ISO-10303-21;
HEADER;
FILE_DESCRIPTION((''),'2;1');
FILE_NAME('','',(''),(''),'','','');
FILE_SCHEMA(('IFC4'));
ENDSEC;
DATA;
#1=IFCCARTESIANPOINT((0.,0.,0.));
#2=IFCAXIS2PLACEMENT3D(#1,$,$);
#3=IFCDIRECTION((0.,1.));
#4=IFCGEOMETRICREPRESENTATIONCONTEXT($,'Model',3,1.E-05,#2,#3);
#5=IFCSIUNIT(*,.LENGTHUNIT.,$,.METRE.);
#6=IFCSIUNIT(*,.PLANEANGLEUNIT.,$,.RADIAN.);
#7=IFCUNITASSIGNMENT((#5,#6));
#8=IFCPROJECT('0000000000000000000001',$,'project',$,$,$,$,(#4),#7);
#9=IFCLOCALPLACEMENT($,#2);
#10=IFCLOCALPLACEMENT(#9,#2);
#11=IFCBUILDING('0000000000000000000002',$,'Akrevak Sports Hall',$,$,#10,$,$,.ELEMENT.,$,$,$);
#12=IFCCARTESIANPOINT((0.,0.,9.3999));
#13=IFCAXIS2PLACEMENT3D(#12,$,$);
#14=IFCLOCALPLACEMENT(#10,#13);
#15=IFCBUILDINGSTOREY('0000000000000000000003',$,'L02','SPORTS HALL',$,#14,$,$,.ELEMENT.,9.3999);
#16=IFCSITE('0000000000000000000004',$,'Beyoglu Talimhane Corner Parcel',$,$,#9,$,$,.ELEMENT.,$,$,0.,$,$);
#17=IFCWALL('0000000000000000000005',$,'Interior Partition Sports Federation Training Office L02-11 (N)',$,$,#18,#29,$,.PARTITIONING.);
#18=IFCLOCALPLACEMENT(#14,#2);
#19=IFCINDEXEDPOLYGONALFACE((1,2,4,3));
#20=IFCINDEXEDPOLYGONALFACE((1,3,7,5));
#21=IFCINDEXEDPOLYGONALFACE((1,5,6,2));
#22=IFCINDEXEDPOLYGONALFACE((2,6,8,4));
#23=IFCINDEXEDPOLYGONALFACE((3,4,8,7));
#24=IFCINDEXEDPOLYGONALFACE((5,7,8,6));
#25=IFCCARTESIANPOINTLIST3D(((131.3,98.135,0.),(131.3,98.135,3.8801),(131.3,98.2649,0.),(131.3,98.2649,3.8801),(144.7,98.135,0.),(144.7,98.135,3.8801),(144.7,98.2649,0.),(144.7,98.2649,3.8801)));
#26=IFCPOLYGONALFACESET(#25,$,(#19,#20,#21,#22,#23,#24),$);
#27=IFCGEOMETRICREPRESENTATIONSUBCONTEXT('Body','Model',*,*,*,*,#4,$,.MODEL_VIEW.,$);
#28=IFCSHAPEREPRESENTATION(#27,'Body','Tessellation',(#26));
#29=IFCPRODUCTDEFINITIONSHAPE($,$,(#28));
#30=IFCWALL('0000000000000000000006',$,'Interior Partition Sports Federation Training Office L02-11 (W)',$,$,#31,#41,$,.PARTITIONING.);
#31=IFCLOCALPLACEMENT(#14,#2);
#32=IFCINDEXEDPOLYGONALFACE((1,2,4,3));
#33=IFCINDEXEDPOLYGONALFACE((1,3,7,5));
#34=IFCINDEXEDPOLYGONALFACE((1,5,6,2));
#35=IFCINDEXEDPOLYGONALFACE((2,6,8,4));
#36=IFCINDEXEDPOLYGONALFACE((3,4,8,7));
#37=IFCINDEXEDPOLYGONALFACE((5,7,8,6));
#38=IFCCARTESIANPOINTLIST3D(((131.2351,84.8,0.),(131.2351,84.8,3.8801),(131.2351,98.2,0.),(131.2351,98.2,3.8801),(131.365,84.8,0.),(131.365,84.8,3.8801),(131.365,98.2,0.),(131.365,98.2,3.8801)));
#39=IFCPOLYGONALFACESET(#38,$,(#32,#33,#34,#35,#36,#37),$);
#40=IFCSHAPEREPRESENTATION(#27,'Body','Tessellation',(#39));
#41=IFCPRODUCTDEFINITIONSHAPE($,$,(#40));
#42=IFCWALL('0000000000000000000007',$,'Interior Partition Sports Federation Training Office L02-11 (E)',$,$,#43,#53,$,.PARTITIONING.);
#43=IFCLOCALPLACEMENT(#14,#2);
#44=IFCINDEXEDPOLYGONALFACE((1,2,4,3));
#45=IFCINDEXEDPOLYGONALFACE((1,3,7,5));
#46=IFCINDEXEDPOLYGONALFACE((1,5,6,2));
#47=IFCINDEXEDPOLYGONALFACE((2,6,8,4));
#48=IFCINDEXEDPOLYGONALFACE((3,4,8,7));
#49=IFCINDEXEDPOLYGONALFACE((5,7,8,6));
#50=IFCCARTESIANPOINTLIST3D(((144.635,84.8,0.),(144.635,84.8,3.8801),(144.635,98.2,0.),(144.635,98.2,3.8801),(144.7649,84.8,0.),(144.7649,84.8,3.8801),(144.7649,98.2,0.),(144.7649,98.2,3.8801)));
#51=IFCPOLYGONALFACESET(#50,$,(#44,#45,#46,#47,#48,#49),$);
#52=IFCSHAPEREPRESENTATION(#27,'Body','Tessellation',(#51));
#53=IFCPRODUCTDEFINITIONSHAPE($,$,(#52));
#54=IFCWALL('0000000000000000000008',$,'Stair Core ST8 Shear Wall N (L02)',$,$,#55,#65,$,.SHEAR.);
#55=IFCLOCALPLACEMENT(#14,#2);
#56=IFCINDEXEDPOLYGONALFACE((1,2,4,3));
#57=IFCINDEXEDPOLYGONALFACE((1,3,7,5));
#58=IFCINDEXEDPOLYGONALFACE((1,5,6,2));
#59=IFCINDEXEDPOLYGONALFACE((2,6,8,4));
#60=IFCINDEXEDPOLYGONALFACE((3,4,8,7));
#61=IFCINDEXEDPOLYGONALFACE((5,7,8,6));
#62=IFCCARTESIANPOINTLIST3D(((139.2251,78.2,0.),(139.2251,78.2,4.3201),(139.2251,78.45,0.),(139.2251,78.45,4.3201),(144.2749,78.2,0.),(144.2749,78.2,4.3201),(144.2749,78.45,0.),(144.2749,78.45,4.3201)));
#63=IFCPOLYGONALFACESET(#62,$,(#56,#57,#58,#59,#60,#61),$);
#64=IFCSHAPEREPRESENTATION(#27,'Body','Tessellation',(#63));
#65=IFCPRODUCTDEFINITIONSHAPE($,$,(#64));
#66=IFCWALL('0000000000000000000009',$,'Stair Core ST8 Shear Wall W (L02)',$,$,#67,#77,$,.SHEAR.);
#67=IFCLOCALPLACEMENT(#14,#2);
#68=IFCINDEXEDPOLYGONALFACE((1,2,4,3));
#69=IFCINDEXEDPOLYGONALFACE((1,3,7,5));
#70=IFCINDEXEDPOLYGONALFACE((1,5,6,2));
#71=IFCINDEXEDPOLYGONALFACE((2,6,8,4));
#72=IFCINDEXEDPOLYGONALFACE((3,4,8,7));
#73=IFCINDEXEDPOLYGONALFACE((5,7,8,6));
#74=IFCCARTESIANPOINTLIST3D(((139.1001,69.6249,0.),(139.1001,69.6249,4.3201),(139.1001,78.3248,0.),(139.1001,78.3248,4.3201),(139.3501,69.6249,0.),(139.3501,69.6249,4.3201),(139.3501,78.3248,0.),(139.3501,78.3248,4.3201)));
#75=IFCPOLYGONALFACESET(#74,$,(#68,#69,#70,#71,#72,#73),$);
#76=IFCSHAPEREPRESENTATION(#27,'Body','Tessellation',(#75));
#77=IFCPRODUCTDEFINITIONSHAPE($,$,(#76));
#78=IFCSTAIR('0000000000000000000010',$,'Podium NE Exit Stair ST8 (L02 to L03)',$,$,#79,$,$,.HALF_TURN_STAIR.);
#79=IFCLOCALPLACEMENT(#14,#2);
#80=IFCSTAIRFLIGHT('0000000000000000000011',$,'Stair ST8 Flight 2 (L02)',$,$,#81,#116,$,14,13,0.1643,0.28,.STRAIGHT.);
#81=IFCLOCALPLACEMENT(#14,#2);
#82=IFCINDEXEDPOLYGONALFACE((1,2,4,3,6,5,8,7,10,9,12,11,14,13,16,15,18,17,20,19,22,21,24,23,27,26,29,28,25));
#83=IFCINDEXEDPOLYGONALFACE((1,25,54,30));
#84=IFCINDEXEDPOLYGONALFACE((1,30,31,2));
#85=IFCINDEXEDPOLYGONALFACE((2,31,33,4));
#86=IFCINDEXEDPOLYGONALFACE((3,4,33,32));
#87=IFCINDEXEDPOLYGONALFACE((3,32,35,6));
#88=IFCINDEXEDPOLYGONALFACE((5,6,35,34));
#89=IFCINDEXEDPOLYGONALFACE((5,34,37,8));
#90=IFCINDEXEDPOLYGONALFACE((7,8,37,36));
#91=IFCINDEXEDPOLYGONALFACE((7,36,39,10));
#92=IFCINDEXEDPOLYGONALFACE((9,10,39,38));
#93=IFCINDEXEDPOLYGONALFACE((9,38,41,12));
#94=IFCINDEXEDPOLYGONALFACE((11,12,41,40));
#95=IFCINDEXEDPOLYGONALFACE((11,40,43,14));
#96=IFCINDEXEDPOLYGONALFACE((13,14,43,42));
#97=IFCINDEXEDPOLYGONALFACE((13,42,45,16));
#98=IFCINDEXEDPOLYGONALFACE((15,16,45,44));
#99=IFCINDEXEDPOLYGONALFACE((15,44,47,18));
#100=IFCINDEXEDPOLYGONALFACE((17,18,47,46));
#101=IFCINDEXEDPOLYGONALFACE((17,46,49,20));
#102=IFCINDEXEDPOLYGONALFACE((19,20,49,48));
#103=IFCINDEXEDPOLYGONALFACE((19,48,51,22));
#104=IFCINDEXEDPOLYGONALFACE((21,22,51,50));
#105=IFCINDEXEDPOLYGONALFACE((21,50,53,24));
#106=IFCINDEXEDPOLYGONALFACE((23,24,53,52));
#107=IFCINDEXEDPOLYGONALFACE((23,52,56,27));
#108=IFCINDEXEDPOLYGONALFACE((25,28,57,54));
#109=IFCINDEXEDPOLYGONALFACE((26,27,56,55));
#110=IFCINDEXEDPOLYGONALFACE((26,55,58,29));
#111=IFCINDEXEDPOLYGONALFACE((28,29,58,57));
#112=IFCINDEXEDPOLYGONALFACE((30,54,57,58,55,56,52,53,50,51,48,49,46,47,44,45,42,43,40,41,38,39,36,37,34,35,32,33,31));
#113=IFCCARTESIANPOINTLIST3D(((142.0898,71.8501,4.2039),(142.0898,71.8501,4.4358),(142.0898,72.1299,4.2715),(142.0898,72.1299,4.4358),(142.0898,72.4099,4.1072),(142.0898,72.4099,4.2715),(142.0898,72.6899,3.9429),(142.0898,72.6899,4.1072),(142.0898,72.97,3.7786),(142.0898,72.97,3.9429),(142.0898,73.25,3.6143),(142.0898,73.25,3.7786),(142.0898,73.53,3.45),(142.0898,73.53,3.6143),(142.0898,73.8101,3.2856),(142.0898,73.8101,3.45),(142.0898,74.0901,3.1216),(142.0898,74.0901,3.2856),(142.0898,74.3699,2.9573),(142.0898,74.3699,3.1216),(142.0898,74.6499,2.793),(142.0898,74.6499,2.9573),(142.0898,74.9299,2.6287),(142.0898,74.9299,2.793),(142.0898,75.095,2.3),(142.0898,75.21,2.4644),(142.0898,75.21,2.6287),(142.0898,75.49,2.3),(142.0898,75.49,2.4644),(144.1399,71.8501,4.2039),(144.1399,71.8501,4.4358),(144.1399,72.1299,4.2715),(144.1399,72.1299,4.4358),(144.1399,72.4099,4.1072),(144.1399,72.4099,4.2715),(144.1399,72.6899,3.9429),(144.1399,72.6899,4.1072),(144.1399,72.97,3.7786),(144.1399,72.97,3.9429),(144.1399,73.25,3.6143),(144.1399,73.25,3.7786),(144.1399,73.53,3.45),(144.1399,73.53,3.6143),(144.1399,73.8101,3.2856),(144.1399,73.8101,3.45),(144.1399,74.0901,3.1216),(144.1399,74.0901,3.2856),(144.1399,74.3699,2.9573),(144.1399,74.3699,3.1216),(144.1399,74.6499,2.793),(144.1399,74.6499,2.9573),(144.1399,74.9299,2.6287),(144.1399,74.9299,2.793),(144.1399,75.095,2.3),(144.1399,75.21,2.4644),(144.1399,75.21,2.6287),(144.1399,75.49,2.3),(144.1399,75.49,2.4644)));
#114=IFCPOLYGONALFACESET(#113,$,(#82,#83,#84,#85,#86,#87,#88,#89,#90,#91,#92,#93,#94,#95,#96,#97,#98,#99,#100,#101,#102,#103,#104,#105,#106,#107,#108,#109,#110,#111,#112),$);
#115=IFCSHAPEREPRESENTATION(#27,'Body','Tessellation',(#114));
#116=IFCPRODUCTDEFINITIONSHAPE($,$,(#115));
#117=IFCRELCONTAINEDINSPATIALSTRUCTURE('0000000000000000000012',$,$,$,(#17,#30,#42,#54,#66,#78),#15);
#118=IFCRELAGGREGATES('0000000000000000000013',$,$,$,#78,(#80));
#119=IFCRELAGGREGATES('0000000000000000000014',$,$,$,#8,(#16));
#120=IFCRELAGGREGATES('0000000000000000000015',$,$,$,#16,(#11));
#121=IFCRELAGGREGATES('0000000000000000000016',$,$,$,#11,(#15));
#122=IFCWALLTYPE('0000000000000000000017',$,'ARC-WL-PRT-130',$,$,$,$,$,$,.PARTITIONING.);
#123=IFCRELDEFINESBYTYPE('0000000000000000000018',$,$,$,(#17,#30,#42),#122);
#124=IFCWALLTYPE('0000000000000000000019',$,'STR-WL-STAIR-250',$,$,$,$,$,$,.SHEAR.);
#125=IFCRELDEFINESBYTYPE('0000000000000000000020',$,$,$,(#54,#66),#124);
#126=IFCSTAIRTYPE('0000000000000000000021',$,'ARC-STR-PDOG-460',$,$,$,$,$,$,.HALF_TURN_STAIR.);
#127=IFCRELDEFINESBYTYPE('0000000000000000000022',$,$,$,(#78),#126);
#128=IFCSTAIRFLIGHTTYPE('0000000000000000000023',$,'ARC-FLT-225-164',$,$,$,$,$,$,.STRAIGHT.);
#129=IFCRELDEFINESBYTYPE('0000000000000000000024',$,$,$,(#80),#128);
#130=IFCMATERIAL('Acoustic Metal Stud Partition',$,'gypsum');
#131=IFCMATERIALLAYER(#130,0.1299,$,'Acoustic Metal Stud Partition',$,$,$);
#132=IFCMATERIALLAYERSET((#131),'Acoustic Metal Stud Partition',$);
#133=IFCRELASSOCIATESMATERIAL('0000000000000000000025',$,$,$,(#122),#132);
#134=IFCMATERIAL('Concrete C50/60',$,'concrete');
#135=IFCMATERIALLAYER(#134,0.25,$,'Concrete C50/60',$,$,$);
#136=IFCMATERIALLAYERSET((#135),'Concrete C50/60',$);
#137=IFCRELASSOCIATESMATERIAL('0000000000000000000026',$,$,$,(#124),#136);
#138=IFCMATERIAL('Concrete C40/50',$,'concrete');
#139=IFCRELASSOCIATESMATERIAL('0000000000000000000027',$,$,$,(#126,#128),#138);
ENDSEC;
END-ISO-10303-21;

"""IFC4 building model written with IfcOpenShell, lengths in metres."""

from ifc_helpers import new_model, si_unit, direction, frame, frame_2d, origin, place, context, subcontext, project, spatial, polyline, rectangle, outline, extrude, material, layer, layer_set, type_object, element, aggregate, save


model = new_model("IFC4")

# Units and contexts
model_context = context("Model", 3, precision=1e-05, world=origin(), true_north=direction((0.0, 1.0)))
body_context = subcontext(model_context, "Body", "Model", "MODEL_VIEW")
ifc_project = project(units=[si_unit("LENGTHUNIT", "METRE"), si_unit("PLANEANGLEUNIT", "RADIAN")], contexts=[model_context])

# Site, building, storey
site_placement = place(None, origin())
site = spatial("IfcSite", under=ifc_project, at=site_placement, Name="Beyoglu Talimhane Corner Parcel", CompositionType="ELEMENT", RefElevation=0.0)
building_placement = place(site_placement, origin())
building = spatial("IfcBuilding", under=site, at=building_placement, Name="Akrevak Sports Hall", CompositionType="ELEMENT")
storey_placement = place(building_placement, frame((0.0, 0.0, 9.3999)))
storey = spatial("IfcBuildingStorey", under=building, at=storey_placement, Name="L02", Description="SPORTS HALL", CompositionType="ELEMENT", Elevation=9.3999)

# Shared definitions
ifc_material_1 = material(Name="Concrete C40/50", Category="concrete")

# Shared definitions
ifc_material_2 = material(Name="Concrete C50/60", Category="concrete")

# Shared definitions
ifc_material_3 = material(Name="Acoustic Metal Stud Partition", Category="gypsum")
ifc_layer_1 = layer(ifc_material_3, 0.1299, Name="Acoustic Metal Stud Partition")
ifc_layer_set_1 = layer_set([ifc_layer_1], Name="Acoustic Metal Stud Partition")
wall_type_1 = type_object("IfcWallType", Name="ARC-WL-PRT-130", PredefinedType="PARTITIONING", material=ifc_layer_set_1)

# Walls
for number, where, z_axis, x_axis, name in (
    (1, (131.3, 98.2, 0.0), (0.0, 0.0, 1.0), (1.0, 0.0, 0.0), "Interior Partition Sports Federation Training Office L02-11 (N)"),
    (2, (131.3, 84.8, 0.0), (0.0, 0.0, 1.0), (0.0, 1.0, 0.0), "Interior Partition Sports Federation Training Office L02-11 (W)"),
    (3, (144.7, 84.8, 0.0), (0.0, 0.0, 1.0), (0.0, 1.0, 0.0), "Interior Partition Sports Federation Training Office L02-11 (E)"),
):
    element("IfcWall", number, at=place(storey_placement, frame(where, z_axis=z_axis, x_axis=x_axis)), inside=storey, type_object=wall_type_1, Name=name, PredefinedType="PARTITIONING", context=body_context, shape_type="SweptSolid", body=[
        extrude(rectangle(XDim=13.3999, YDim=0.1299, at=frame_2d((6.7, 0.0))), origin(), (0.0, 0.0, 1.0), 3.8801),
    ])
ifc_layer_2 = layer(ifc_material_2, 0.25, Name="Concrete C50/60")
ifc_layer_set_2 = layer_set([ifc_layer_2], Name="Concrete C50/60")
wall_type_2 = type_object("IfcWallType", Name="STR-WL-STAIR-250", PredefinedType="SHEAR", material=ifc_layer_set_2)
wall_1_placement = place(storey_placement, frame((144.2749, 78.325, 0.0), z_axis=(0.0, 0.0, 1.0), x_axis=(-1.0, 0.0, 0.0)))
element("IfcWall", 4, at=wall_1_placement, inside=storey, type_object=wall_type_2, Name="Stair Core ST8 Shear Wall N (L02)", PredefinedType="SHEAR", context=body_context, shape_type="SweptSolid", body=[
    extrude(rectangle(XDim=5.0498, YDim=0.25, at=frame_2d((2.5249, 0.0))), origin(), (0.0, 0.0, 1.0), 4.3201),
])
wall_2_placement = place(storey_placement, frame((139.2251, 78.325, 0.0), z_axis=(0.0, 0.0, 1.0), x_axis=(0.0, -1.0, 0.0)))
element("IfcWall", 5, at=wall_2_placement, inside=storey, type_object=wall_type_2, Name="Stair Core ST8 Shear Wall W (L02)", PredefinedType="SHEAR", context=body_context, shape_type="SweptSolid", body=[
    extrude(rectangle(XDim=8.7, YDim=0.25, at=frame_2d((4.3501, 0.0))), origin(), (0.0, 0.0, 1.0), 4.3201),
])

# Stair, stair flight
stair_type = type_object("IfcStairType", Name="ARC-STR-PDOG-460", PredefinedType="HALF_TURN_STAIR", material=ifc_material_1)
stair_placement = place(storey_placement, origin())
stair = element("IfcStair", 6, at=stair_placement, inside=storey, type_object=stair_type, Name="Podium NE Exit Stair ST8 (L02 to L03)", PredefinedType="HALF_TURN_STAIR")
stair_flight_type = type_object("IfcStairFlightType", Name="ARC-FLT-225-164", PredefinedType="STRAIGHT", material=ifc_material_1)
stair_flight_placement = place(storey_placement, frame((143.115, 75.49, 2.3), z_axis=(0.0, 0.0, 1.0), x_axis=(0.0, -1.0, 0.0)))
stair_flight = element("IfcStairFlight", 7, at=stair_flight_placement, type_object=stair_flight_type, Name="Stair ST8 Flight 2 (L02)", NumberOfRisers=14, NumberOfTreads=13, PredefinedType="STRAIGHT", RiserHeight=0.1643, TreadLength=0.28, context=body_context, shape_type="SweptSolid", body=[
    extrude(outline(polyline([(0.0, 0.0), (0.0, 0.1643), (0.28, 0.1643), (0.28, 0.3286), (0.5601, 0.3286), (0.5601, 0.4929), (0.8401, 0.4929), (0.8401, 0.6572), (1.1201, 0.6572), (1.1201, 0.8215), (1.3999, 0.8215), (1.3999, 0.9856), (1.6799, 0.9856), (1.6799, 1.1499), (1.96, 1.1499), (1.96, 1.3142), (2.24, 1.3142), (2.24, 1.4785), (2.52, 1.4785), (2.52, 1.6428), (2.8, 1.6428), (2.8, 1.8071), (3.0801, 1.8071), (3.0801, 1.9714), (3.3601, 1.9714), (3.3601, 2.1357), (3.6399, 2.1357), (3.6399, 2.3), (3.6399, 1.9038), (0.395, 0.0), (0.0, 0.0)])), frame((0.0, 1.0249, 0.0), z_axis=(0.0, -1.0, 0.0), x_axis=(1.0, 0.0, 0.0)), (0.0, 0.0, 1.0), 2.05),
])
aggregate(stair, [stair_flight])

save(model, "model.ifc")
